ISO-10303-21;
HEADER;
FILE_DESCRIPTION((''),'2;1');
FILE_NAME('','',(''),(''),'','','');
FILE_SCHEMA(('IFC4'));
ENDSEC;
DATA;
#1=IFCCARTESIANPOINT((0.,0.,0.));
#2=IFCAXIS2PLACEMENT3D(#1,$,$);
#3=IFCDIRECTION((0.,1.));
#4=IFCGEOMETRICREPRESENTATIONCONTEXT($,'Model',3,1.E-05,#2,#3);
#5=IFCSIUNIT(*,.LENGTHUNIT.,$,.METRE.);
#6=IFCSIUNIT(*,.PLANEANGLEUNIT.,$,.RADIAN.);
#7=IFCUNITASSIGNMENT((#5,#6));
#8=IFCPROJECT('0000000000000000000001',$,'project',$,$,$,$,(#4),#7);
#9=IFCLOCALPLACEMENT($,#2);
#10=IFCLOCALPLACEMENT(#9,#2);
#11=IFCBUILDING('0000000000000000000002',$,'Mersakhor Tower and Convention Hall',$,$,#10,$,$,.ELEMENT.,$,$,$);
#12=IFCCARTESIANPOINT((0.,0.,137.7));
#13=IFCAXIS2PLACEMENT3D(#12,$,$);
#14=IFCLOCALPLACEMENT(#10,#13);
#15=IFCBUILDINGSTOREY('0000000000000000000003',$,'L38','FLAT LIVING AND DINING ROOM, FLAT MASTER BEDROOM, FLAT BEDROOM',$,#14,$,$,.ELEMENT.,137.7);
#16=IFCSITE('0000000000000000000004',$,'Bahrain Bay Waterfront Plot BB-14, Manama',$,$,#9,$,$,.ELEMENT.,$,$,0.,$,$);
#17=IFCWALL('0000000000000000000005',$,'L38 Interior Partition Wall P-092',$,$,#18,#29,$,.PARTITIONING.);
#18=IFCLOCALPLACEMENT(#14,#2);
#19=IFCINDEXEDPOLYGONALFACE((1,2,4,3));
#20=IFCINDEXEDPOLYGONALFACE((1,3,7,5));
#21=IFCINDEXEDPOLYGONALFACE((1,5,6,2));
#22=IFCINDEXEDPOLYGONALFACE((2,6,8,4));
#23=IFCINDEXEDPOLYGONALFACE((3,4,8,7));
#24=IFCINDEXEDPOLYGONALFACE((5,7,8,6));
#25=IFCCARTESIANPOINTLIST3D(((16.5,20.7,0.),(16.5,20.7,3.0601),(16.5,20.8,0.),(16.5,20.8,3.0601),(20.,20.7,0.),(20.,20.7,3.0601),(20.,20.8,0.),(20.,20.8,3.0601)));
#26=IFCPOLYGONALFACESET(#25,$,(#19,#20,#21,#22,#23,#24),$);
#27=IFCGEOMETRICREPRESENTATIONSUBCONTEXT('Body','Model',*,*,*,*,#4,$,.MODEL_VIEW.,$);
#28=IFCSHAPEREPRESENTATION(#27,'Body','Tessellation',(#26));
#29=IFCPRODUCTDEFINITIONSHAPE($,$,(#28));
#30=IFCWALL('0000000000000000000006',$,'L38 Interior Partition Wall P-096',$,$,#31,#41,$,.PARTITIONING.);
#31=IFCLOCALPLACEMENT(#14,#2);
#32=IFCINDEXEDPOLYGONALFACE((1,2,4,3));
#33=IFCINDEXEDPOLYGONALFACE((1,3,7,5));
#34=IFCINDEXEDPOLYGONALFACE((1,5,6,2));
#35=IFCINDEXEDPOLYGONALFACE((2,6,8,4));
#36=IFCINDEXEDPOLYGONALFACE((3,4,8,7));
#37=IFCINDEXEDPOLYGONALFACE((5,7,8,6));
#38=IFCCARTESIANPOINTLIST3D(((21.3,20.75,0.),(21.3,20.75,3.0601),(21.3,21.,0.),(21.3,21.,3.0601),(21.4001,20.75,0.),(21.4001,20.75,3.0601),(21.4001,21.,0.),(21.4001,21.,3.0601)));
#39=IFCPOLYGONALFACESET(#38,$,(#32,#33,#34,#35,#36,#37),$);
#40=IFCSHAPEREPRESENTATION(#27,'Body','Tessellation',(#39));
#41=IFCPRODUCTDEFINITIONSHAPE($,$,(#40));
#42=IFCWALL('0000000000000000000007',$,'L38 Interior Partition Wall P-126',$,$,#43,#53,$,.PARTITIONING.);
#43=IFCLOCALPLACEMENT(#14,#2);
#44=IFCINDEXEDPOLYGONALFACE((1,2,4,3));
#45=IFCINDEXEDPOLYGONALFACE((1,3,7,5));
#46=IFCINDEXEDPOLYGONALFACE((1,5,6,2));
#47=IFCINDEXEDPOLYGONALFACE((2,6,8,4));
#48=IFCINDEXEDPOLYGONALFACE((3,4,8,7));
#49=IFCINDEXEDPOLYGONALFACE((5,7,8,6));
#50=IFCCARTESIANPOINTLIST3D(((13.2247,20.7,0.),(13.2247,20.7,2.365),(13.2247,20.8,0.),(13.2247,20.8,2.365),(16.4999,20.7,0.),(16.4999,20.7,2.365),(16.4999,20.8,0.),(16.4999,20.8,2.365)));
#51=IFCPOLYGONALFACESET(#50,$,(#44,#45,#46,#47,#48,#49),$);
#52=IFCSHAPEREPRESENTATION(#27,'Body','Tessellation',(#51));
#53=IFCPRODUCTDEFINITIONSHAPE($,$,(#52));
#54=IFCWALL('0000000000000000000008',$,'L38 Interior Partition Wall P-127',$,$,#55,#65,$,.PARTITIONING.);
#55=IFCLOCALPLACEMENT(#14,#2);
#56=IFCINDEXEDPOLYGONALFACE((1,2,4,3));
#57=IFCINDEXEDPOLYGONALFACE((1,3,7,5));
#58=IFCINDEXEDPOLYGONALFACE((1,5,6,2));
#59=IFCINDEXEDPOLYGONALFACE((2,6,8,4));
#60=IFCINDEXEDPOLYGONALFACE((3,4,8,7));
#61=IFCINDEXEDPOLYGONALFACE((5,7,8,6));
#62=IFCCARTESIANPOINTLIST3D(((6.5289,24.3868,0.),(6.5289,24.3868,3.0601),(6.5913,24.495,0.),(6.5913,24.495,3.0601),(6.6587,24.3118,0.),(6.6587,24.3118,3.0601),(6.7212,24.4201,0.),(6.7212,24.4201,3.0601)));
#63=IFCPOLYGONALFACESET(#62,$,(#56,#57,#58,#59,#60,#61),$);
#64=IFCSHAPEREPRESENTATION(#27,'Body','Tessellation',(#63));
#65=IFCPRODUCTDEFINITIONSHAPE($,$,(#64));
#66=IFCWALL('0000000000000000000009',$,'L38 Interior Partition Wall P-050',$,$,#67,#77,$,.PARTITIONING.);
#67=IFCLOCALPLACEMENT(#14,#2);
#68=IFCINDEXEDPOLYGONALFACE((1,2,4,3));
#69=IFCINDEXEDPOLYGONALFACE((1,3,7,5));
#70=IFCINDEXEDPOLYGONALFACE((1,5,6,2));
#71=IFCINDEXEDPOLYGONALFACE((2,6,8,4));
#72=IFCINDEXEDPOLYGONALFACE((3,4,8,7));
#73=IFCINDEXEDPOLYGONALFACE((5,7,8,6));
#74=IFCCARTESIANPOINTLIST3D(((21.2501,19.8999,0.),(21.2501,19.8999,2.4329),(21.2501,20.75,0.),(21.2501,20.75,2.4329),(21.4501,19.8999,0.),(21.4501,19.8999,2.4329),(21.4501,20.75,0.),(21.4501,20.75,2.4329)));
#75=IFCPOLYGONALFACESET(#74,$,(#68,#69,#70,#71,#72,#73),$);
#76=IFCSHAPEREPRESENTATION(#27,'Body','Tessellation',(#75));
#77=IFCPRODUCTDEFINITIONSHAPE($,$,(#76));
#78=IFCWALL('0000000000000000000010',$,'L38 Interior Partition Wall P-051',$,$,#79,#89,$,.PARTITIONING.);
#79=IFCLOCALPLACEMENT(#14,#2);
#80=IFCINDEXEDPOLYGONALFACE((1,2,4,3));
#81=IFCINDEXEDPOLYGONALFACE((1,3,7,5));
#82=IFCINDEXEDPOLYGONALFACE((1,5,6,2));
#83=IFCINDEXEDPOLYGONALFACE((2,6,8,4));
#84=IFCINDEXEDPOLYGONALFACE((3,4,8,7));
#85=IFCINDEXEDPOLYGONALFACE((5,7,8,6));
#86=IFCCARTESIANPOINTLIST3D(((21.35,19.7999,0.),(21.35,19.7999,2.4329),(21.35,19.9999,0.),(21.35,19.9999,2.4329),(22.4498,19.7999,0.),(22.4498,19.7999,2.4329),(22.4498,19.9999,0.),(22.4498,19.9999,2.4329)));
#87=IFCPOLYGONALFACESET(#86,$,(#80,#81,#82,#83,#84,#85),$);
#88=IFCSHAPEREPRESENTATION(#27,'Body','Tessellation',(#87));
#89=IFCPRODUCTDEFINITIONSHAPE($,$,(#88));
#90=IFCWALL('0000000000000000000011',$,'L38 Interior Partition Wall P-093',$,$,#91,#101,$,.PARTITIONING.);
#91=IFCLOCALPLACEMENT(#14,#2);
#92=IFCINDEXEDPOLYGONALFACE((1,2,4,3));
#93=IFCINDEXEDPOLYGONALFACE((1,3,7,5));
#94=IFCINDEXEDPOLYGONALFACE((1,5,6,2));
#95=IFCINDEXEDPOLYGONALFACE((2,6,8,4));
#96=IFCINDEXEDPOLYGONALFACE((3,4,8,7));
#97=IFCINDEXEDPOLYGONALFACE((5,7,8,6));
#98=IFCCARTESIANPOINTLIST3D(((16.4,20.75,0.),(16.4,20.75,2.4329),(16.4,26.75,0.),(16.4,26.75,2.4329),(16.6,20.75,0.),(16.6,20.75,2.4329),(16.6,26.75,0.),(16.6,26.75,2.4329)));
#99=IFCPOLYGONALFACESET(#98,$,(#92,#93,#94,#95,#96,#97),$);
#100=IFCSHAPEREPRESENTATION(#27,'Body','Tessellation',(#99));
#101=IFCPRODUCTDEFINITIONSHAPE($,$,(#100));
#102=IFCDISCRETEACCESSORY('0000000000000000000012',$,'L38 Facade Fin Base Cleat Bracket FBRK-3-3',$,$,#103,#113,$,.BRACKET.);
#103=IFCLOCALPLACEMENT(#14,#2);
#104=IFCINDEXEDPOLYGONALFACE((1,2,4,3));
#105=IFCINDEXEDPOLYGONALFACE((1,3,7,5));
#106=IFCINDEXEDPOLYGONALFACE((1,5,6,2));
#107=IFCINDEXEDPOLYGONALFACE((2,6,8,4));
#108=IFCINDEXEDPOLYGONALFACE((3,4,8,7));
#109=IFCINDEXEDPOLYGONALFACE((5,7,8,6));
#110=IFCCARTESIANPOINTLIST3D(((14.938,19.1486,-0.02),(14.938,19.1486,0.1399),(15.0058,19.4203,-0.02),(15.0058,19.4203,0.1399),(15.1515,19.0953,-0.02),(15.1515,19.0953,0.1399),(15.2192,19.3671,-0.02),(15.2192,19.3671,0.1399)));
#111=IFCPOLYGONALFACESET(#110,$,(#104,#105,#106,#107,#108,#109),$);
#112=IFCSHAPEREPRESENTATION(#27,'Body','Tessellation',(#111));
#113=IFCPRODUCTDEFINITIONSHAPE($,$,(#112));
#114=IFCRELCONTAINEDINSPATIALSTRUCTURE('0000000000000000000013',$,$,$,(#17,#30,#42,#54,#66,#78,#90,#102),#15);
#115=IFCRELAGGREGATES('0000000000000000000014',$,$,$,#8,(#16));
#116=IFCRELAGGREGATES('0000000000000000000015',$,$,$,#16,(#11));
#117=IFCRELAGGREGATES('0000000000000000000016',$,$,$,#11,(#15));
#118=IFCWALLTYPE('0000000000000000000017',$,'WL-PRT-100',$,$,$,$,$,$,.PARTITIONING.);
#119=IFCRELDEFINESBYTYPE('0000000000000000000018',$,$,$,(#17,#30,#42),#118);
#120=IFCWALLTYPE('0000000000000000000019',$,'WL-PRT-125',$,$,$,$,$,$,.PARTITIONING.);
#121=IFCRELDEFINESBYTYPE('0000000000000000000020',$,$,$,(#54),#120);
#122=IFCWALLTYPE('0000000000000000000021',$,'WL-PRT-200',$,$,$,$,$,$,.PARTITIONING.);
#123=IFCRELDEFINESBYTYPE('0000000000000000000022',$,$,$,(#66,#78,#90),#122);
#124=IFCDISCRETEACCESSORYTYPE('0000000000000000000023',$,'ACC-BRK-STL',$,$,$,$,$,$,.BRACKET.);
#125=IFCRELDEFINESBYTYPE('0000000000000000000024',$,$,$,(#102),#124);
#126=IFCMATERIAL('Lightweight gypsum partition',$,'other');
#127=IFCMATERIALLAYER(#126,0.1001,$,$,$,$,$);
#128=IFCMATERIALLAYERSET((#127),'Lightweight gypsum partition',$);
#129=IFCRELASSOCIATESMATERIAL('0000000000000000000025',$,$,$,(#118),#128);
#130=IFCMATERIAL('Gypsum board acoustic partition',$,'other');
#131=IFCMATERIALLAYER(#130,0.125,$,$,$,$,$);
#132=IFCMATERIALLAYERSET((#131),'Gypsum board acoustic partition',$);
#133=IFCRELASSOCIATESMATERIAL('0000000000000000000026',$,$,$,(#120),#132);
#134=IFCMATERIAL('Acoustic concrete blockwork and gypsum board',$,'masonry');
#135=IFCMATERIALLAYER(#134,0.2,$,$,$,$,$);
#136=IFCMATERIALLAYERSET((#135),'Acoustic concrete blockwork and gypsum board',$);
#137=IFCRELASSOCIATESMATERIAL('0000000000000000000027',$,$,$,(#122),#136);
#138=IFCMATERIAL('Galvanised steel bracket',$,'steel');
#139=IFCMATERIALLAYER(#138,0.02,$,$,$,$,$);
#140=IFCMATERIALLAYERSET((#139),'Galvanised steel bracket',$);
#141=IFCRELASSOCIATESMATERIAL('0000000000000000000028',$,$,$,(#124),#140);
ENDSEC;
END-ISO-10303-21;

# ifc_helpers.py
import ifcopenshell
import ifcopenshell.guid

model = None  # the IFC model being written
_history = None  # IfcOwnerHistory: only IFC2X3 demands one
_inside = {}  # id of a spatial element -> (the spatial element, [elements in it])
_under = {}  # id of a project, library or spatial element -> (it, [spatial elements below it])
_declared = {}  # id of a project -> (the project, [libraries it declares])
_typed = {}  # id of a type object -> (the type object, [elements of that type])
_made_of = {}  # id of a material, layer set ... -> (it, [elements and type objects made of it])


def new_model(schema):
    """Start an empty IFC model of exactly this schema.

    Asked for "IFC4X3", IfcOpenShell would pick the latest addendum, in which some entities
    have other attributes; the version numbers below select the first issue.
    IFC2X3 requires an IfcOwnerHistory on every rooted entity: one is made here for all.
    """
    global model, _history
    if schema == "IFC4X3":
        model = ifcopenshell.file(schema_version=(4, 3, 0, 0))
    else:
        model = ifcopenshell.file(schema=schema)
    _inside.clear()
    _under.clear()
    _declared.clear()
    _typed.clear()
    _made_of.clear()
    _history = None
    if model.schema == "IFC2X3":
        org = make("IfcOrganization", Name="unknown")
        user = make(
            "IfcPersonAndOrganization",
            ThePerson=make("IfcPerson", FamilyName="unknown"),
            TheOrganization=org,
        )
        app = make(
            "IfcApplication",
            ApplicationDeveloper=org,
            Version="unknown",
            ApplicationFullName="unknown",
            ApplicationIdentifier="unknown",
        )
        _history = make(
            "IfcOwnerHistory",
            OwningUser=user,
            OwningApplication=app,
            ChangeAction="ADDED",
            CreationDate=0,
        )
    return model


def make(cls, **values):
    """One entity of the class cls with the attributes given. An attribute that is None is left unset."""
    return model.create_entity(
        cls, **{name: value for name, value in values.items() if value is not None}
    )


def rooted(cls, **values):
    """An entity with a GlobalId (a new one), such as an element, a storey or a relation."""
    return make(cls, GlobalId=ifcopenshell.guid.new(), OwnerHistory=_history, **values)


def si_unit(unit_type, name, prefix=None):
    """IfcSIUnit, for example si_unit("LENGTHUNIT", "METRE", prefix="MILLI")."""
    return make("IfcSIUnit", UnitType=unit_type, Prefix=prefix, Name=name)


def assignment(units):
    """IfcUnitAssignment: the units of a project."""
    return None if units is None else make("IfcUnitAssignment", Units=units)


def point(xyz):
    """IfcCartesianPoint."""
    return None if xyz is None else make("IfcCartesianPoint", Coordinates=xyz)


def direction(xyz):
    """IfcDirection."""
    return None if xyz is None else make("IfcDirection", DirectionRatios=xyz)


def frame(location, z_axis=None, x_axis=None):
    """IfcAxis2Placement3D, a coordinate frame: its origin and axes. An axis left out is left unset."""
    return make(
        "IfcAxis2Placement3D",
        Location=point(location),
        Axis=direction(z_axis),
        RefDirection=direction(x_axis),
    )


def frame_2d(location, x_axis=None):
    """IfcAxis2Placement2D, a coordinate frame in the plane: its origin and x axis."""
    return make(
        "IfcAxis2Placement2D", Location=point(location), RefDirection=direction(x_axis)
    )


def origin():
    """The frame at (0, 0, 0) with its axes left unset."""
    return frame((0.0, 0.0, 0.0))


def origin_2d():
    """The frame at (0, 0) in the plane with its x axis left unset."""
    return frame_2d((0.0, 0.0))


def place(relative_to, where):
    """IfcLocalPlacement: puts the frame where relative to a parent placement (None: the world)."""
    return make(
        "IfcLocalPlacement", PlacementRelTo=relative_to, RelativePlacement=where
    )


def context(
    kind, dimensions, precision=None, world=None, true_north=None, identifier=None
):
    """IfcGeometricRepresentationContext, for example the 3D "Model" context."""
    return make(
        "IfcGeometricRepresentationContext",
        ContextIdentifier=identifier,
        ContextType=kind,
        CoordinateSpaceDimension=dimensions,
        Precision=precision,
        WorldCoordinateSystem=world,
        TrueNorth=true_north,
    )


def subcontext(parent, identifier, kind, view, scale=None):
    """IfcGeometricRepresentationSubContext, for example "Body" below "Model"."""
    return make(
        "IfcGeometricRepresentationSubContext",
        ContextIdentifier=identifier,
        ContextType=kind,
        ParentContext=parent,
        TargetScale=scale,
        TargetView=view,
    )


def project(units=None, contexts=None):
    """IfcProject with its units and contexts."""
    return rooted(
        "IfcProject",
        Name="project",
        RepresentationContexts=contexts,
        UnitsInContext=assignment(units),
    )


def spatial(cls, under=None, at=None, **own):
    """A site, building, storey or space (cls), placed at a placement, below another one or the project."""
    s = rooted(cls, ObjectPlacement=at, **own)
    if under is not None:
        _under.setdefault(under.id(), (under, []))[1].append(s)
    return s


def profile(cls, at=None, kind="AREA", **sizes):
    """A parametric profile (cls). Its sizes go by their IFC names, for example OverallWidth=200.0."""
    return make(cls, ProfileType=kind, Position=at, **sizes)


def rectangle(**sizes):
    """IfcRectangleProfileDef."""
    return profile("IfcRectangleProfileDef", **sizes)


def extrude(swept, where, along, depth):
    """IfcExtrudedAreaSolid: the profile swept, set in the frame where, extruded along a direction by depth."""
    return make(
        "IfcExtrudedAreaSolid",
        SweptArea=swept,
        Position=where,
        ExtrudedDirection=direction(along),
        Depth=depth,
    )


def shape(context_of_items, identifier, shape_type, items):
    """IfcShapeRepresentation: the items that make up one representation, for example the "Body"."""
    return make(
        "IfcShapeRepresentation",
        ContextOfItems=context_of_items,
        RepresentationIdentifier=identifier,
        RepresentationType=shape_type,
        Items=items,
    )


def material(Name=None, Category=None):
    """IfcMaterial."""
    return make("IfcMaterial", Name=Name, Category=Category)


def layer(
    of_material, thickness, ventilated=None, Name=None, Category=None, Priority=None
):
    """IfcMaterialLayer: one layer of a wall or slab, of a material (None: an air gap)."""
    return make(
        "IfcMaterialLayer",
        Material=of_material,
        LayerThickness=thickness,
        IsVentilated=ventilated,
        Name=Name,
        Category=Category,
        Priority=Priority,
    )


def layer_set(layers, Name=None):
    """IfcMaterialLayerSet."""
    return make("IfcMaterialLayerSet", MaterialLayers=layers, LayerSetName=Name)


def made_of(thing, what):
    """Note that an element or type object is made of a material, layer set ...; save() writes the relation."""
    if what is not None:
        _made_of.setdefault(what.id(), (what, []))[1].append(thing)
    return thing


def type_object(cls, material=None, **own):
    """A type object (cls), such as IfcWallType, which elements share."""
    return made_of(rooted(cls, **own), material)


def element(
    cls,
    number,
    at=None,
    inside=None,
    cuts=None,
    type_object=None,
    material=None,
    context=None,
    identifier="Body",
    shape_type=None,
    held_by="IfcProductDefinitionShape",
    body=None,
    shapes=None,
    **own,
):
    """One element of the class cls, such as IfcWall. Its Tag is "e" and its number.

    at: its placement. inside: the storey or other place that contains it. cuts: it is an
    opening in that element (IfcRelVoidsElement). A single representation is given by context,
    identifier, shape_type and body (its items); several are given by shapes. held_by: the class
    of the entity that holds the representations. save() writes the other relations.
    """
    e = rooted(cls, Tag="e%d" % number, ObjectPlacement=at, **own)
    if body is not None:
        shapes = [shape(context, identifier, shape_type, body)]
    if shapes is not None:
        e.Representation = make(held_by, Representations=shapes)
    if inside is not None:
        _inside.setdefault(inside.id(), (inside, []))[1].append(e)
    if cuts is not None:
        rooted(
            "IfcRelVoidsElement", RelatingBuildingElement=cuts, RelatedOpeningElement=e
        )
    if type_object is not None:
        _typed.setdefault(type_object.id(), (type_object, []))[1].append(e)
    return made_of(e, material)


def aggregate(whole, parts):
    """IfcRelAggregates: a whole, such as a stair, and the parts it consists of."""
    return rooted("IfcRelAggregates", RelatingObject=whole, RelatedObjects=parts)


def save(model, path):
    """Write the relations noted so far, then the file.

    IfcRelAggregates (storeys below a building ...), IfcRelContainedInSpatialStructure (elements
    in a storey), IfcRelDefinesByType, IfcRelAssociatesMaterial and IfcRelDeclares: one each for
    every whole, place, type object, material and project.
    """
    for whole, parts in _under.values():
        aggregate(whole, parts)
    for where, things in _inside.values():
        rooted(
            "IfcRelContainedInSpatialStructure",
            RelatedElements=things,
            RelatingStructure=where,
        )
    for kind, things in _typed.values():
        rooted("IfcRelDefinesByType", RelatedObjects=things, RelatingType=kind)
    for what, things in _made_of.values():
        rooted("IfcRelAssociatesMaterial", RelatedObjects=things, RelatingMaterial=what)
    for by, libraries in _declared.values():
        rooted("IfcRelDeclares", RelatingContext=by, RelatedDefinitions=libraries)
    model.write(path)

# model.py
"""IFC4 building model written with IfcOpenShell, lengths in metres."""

from ifc_helpers import new_model, si_unit, direction, frame, frame_2d, origin, origin_2d, place, context, subcontext, project, spatial, rectangle, extrude, material, layer, layer_set, type_object, element, save


model = new_model("IFC4")

# Units and contexts
model_context = context("Model", 3, precision=1e-05, world=origin(), true_north=direction((0.0, 1.0)))
body_context = subcontext(model_context, "Body", "Model", "MODEL_VIEW")
ifc_project = project(units=[si_unit("LENGTHUNIT", "METRE"), si_unit("PLANEANGLEUNIT", "RADIAN")], contexts=[model_context])

# Site, building, storey
site_placement = place(None, origin())
site = spatial("IfcSite", under=ifc_project, at=site_placement, Name="Bahrain Bay Waterfront Plot BB-14, Manama", CompositionType="ELEMENT", RefElevation=0.0)
building_placement = place(site_placement, origin())
building = spatial("IfcBuilding", under=site, at=building_placement, Name="Mersakhor Tower and Convention Hall", CompositionType="ELEMENT")
storey_placement = place(building_placement, frame((0.0, 0.0, 137.7)))
storey = spatial("IfcBuildingStorey", under=building, at=storey_placement, Name="L38", Description="FLAT LIVING AND DINING ROOM, FLAT MASTER BEDROOM, FLAT BEDROOM", CompositionType="ELEMENT", Elevation=137.7)

# Walls
ifc_material_1 = material(Name="Lightweight gypsum partition", Category="other")
ifc_layer_1 = layer(ifc_material_1, 0.1001)
ifc_layer_set_1 = layer_set([ifc_layer_1], Name="Lightweight gypsum partition")
wall_type_1 = type_object("IfcWallType", Name="WL-PRT-100", PredefinedType="PARTITIONING", material=ifc_layer_set_1)
wall_1_placement = place(storey_placement, frame((20.0, 20.75, 0.0), z_axis=(0.0, 0.0, 1.0), x_axis=(-1.0, 0.0, 0.0)))
element("IfcWall", 1, at=wall_1_placement, inside=storey, type_object=wall_type_1, Name="L38 Interior Partition Wall P-092", PredefinedType="PARTITIONING", context=body_context, shape_type="SweptSolid", body=[
    extrude(rectangle(XDim=3.5, YDim=0.1001, at=frame_2d((1.75, 0.0))), origin(), (0.0, 0.0, 1.0), 3.0601),
])
wall_2_placement = place(storey_placement, frame((21.3501, 21.0, 0.0), z_axis=(0.0, 0.0, 1.0), x_axis=(0.0, -1.0, 0.0)))
element("IfcWall", 2, at=wall_2_placement, inside=storey, type_object=wall_type_1, Name="L38 Interior Partition Wall P-096", PredefinedType="PARTITIONING", context=body_context, shape_type="SweptSolid", body=[
    extrude(rectangle(XDim=0.25, YDim=0.1001, at=frame_2d((0.125, 0.0))), origin(), (0.0, 0.0, 1.0), 3.0601),
])
wall_3_placement = place(storey_placement, frame((16.5, 20.75, 0.0), z_axis=(0.0, 0.0, 1.0), x_axis=(-1.0, 0.0, 0.0)))
element("IfcWall", 3, at=wall_3_placement, inside=storey, type_object=wall_type_1, Name="L38 Interior Partition Wall P-126", PredefinedType="PARTITIONING", context=body_context, shape_type="SweptSolid", body=[
    extrude(rectangle(XDim=3.2751, YDim=0.1001, at=frame_2d((1.6377, 0.0))), origin(), (0.0, 0.0, 1.0), 2.365),
])
ifc_material_2 = material(Name="Gypsum board acoustic partition", Category="other")
ifc_layer_2 = layer(ifc_material_2, 0.125)
ifc_layer_set_2 = layer_set([ifc_layer_2], Name="Gypsum board acoustic partition")
wall_type_2 = type_object("IfcWallType", Name="WL-PRT-125", PredefinedType="PARTITIONING", material=ifc_layer_set_2)
wall_4_placement = place(storey_placement, frame((6.6899, 24.366, 0.0), z_axis=(0.0, 0.0, 1.0), x_axis=(-0.866131, 0.499816, 0.0)))
element("IfcWall", 4, at=wall_4_placement, inside=storey, type_object=wall_type_2, Name="L38 Interior Partition Wall P-127", PredefinedType="PARTITIONING", context=body_context, shape_type="SweptSolid", body=[
    extrude(rectangle(XDim=0.1499, YDim=0.125, at=frame_2d((0.075, 0.0))), origin(), (0.0, 0.0, 1.0), 3.0601),
])

# Shared definitions
ifc_material_3 = material(Name="Acoustic concrete blockwork and gypsum board", Category="masonry")
ifc_layer_3 = layer(ifc_material_3, 0.2)
ifc_layer_set_3 = layer_set([ifc_layer_3], Name="Acoustic concrete blockwork and gypsum board")
wall_type_3 = type_object("IfcWallType", Name="WL-PRT-200", PredefinedType="PARTITIONING", material=ifc_layer_set_3)

# Walls
wall_5_placement = place(storey_placement, frame((21.3501, 20.75, 0.0), z_axis=(0.0, 0.0, 1.0), x_axis=(0.0, -1.0, 0.0)))
element("IfcWall", 5, at=wall_5_placement, inside=storey, type_object=wall_type_3, Name="L38 Interior Partition Wall P-050", PredefinedType="PARTITIONING", context=body_context, shape_type="SweptSolid", body=[
    extrude(rectangle(XDim=0.8501, YDim=0.2, at=frame_2d((0.425, 0.0))), origin(), (0.0, 0.0, 1.0), 2.4329),
])
wall_6_placement = place(storey_placement, frame((21.3501, 19.8999, 0.0), z_axis=(0.0, 0.0, 1.0), x_axis=(1.0, 0.0, 0.0)))
element("IfcWall", 6, at=wall_6_placement, inside=storey, type_object=wall_type_3, Name="L38 Interior Partition Wall P-051", PredefinedType="PARTITIONING", context=body_context, shape_type="SweptSolid", body=[
    extrude(rectangle(XDim=1.0999, YDim=0.2, at=frame_2d((0.5498, 0.0))), origin(), (0.0, 0.0, 1.0), 2.4329),
])
wall_7_placement = place(storey_placement, frame((16.5, 20.75, 0.0), z_axis=(0.0, 0.0, 1.0), x_axis=(0.0, 1.0, 0.0)))
element("IfcWall", 7, at=wall_7_placement, inside=storey, type_object=wall_type_3, Name="L38 Interior Partition Wall P-093", PredefinedType="PARTITIONING", context=body_context, shape_type="SweptSolid", body=[
    extrude(rectangle(XDim=6.0, YDim=0.2, at=frame_2d((3.0, 0.0))), origin(), (0.0, 0.0, 1.0), 2.4329),
])

# Discrete accessory
ifc_material_4 = material(Name="Galvanised steel bracket", Category="steel")
ifc_layer_4 = layer(ifc_material_4, 0.02)
ifc_layer_set_4 = layer_set([ifc_layer_4], Name="Galvanised steel bracket")
discrete_accessory_type = type_object("IfcDiscreteAccessoryType", Name="ACC-BRK-STL", PredefinedType="BRACKET", material=ifc_layer_set_4)
discrete_accessory_placement = place(storey_placement, frame((15.0786, 19.2578, -0.02), z_axis=(0.0, 0.0, 1.0), x_axis=(-0.241922, -0.970296, 0.0)))
element("IfcDiscreteAccessory", 8, at=discrete_accessory_placement, inside=storey, type_object=discrete_accessory_type, Name="L38 Facade Fin Base Cleat Bracket FBRK-3-3", PredefinedType="BRACKET", context=body_context, shape_type="SweptSolid", body=[
    extrude(rectangle(XDim=0.28, YDim=0.22, at=origin_2d()), origin(), (0.0, 0.0, 1.0), 0.1599),
])

save(model, "model.ifc")
